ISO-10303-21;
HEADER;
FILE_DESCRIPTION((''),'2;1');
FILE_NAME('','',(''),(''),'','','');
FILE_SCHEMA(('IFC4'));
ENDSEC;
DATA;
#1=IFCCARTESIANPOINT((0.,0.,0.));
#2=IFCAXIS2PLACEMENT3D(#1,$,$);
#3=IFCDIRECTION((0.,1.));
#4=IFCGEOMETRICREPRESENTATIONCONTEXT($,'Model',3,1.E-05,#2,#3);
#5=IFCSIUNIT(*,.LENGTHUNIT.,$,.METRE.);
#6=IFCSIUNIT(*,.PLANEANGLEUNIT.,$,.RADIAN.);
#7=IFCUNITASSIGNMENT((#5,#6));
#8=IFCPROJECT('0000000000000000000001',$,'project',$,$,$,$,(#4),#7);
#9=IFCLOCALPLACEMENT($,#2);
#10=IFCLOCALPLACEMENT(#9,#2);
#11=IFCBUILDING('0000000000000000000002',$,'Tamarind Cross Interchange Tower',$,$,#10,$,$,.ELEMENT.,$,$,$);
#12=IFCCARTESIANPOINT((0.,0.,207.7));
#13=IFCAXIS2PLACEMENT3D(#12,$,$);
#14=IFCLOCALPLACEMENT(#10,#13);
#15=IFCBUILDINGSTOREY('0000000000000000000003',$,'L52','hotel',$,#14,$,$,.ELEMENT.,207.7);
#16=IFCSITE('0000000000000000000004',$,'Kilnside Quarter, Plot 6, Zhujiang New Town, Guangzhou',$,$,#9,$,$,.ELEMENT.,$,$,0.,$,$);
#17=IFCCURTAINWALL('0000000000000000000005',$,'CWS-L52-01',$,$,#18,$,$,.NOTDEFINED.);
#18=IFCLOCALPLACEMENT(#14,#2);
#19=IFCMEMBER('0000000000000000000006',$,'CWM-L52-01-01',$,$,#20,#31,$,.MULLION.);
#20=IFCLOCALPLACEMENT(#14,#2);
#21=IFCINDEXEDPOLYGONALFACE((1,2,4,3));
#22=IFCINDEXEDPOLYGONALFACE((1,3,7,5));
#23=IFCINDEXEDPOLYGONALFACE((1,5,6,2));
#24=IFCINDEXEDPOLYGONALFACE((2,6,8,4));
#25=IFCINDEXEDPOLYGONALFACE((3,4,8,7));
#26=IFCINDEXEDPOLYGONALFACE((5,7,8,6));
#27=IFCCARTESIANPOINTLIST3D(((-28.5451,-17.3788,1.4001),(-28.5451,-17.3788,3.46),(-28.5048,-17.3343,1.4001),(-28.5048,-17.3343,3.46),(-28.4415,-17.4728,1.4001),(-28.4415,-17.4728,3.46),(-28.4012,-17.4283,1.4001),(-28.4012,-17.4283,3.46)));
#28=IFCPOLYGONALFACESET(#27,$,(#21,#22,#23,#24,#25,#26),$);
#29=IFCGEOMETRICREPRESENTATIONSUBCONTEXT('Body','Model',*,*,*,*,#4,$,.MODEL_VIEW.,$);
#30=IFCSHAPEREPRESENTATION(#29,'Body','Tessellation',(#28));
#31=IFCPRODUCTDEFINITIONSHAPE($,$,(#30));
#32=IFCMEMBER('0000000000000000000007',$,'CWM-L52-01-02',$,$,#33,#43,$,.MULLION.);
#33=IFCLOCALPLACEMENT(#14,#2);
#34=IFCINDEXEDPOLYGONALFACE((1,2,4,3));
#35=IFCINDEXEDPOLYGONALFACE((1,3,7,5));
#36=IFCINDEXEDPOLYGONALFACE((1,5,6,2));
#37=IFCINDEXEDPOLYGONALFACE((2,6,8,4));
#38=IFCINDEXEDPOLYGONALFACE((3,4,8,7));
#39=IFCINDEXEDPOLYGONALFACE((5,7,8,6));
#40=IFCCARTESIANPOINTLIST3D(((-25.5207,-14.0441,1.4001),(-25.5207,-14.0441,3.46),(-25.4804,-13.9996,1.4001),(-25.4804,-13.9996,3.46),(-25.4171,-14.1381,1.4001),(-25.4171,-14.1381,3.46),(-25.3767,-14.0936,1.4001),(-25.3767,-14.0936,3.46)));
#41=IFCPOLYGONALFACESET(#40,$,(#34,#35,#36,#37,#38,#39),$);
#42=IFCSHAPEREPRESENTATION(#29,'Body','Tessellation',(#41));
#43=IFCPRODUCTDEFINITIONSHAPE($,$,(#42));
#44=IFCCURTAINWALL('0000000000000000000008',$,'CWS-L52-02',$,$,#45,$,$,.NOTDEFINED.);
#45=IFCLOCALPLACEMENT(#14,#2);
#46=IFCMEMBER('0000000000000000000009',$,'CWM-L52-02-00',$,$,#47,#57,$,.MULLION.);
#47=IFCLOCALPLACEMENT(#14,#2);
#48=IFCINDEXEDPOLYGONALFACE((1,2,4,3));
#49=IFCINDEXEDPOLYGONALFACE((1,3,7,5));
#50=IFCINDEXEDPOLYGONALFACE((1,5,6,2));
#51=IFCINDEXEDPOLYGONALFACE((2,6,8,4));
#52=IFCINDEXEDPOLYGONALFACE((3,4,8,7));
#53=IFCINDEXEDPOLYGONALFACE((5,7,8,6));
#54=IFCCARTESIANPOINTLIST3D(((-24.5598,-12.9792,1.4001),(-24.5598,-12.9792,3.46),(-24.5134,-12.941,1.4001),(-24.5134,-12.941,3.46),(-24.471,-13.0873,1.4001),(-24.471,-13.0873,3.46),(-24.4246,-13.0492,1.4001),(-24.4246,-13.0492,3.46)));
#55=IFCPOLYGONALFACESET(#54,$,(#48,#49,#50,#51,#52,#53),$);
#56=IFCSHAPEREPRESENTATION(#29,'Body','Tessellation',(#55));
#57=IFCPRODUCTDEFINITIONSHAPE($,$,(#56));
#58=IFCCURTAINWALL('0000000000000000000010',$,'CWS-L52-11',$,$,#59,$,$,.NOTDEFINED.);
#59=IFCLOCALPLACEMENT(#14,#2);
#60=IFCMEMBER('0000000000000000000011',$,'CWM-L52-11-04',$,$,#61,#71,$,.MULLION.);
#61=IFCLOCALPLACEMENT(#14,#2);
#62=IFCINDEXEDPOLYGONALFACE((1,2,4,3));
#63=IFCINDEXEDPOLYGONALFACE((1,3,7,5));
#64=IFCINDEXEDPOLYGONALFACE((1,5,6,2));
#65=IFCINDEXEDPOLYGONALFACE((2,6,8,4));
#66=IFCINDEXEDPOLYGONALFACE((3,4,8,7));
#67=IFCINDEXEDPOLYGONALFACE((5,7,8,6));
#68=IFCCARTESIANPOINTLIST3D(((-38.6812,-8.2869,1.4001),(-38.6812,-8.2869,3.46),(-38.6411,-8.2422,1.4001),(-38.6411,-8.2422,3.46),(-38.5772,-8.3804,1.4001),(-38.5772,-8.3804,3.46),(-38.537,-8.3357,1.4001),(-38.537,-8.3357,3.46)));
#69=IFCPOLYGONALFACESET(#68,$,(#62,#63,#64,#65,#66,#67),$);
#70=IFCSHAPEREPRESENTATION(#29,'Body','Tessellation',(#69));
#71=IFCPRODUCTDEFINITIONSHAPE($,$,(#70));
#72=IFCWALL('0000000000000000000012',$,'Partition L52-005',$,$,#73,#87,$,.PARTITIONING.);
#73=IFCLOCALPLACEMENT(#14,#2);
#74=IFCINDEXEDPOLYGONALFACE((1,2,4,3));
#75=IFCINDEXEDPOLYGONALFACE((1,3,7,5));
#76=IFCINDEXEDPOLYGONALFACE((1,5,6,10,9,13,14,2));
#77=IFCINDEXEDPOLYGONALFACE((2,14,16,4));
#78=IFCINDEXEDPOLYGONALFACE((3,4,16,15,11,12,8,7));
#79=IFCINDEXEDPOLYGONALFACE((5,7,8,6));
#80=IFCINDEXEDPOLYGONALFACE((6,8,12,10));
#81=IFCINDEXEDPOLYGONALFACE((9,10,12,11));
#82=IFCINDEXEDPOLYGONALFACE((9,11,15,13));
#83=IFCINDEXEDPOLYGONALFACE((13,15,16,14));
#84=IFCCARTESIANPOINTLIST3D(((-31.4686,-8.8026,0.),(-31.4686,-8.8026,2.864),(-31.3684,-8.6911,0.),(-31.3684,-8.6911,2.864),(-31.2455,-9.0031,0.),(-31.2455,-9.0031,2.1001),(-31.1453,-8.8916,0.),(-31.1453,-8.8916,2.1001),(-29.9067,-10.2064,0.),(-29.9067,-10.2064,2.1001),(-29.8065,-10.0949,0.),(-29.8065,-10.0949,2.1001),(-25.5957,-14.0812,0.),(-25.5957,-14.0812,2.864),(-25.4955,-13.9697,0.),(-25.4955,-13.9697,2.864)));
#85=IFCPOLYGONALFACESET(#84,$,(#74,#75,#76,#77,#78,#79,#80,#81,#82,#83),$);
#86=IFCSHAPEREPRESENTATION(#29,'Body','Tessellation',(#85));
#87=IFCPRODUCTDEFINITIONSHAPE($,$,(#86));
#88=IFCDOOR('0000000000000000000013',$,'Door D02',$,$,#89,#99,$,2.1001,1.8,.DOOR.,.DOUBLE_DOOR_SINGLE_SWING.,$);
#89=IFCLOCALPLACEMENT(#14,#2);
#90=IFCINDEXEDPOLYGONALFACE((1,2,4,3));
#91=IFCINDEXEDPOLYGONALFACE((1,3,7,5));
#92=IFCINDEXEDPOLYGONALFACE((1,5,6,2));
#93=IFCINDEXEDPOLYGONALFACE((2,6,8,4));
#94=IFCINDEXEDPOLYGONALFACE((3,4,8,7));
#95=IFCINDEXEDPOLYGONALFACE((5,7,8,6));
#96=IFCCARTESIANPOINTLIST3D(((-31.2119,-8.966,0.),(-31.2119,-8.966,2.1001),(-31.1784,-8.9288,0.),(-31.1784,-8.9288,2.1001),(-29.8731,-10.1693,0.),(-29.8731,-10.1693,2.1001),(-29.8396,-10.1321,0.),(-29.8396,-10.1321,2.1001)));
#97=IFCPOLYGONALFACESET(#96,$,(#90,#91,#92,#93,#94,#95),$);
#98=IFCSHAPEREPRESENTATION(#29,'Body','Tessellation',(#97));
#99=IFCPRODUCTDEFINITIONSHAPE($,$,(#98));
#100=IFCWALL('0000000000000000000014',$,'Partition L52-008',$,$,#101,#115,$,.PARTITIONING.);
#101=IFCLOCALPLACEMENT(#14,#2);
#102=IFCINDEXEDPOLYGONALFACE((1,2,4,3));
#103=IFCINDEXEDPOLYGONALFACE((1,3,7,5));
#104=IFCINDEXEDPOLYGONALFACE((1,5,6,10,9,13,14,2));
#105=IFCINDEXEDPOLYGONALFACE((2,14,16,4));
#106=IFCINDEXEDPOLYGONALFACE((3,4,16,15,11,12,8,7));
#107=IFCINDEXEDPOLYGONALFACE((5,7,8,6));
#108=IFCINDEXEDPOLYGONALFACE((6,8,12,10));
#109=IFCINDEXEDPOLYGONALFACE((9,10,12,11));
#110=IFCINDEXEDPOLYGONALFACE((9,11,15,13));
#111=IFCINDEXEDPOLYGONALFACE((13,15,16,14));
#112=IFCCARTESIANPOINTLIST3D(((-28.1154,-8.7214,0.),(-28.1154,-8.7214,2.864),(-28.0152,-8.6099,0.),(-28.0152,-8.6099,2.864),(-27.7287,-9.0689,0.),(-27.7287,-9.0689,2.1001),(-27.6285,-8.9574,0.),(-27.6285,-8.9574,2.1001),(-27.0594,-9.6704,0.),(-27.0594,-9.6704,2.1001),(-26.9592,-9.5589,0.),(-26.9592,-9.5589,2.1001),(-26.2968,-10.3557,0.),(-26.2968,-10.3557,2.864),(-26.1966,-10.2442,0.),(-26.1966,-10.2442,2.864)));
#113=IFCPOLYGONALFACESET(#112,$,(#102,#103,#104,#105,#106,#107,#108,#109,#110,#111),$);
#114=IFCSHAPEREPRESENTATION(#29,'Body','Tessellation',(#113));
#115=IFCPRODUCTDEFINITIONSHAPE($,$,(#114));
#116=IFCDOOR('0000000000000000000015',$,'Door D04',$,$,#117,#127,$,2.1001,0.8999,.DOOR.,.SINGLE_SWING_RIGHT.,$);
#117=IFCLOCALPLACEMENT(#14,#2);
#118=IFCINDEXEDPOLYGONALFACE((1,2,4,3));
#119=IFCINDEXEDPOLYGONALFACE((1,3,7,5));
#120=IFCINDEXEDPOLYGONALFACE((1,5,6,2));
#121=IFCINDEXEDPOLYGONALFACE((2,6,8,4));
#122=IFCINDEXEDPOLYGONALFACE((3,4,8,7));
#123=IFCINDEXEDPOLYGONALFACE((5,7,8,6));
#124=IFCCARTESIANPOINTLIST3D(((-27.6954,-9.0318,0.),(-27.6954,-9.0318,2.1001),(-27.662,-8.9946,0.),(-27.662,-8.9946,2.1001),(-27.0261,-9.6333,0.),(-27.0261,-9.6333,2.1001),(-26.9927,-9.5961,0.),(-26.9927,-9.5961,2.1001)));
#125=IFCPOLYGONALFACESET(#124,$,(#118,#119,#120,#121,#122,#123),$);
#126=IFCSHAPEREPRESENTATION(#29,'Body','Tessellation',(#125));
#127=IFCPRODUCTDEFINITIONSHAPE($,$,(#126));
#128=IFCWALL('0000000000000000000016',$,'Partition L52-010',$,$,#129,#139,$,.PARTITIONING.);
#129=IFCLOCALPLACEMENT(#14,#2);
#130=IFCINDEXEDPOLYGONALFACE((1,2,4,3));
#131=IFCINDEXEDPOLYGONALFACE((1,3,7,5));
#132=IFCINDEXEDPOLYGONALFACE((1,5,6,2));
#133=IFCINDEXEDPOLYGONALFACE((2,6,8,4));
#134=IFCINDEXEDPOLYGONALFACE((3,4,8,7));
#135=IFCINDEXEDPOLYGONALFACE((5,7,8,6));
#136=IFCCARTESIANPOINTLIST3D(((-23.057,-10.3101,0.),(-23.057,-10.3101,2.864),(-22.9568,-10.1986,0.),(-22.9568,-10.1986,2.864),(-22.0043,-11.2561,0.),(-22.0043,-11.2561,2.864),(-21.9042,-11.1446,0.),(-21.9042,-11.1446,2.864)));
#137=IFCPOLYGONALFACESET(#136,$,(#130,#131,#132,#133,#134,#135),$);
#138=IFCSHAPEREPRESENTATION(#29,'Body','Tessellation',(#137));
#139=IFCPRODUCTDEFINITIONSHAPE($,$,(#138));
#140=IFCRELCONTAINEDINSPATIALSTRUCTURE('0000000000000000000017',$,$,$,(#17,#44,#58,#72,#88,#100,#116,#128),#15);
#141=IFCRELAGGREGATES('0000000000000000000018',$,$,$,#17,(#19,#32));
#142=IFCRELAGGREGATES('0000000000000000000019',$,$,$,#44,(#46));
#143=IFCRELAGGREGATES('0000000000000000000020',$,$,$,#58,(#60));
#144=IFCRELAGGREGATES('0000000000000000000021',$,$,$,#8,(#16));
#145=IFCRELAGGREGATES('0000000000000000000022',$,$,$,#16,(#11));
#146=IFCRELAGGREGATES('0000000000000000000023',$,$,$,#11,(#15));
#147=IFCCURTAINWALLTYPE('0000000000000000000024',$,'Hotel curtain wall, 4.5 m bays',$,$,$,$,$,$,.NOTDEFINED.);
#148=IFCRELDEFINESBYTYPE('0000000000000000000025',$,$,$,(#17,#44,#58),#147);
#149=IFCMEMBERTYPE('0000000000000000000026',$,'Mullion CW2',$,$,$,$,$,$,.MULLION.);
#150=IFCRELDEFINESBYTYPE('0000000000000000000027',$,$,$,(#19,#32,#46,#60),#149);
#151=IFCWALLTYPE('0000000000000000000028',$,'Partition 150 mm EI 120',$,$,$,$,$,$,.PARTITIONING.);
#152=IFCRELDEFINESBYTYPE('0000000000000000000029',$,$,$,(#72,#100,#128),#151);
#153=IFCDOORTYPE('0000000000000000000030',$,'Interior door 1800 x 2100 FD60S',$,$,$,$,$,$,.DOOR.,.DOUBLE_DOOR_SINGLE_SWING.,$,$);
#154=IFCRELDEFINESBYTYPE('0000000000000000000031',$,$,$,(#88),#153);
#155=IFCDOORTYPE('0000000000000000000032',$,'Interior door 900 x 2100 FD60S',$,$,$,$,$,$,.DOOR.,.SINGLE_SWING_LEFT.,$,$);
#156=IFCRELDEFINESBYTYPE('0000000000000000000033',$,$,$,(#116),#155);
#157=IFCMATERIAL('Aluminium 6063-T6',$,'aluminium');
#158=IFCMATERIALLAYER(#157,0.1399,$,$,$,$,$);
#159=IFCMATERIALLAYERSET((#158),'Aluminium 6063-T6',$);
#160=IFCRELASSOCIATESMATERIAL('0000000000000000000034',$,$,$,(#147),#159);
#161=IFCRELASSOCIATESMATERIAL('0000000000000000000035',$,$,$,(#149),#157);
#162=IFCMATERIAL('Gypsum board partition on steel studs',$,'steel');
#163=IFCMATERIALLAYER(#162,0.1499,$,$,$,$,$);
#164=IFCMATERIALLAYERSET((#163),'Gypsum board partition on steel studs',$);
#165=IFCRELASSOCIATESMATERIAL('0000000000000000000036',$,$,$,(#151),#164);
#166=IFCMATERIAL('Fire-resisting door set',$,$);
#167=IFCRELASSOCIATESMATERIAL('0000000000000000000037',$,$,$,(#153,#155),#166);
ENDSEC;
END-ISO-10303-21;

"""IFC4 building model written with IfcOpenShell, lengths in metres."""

from ifc_helpers import new_model, si_unit, direction, frame, frame_2d, origin, origin_2d, place, context, subcontext, project, spatial, rectangle, extrude, material, layer, layer_set, material_profile, profile_set, type_object, element, fill, aggregate, save


model = new_model("IFC4")

# Units and contexts
model_context = context("Model", 3, precision=1e-05, world=origin(), true_north=direction((0.0, 1.0)))
body_context = subcontext(model_context, "Body", "Model", "MODEL_VIEW")
ifc_project = project(units=[si_unit("LENGTHUNIT", "METRE"), si_unit("PLANEANGLEUNIT", "RADIAN")], contexts=[model_context])

# Site, building, storey
site_placement = place(None, origin())
site = spatial("IfcSite", under=ifc_project, at=site_placement, Name="Kilnside Quarter, Plot 6, Zhujiang New Town, Guangzhou", CompositionType="ELEMENT", RefElevation=0.0)
building_placement = place(site_placement, origin())
building = spatial("IfcBuilding", under=site, at=building_placement, Name="Tamarind Cross Interchange Tower", CompositionType="ELEMENT")
storey_placement = place(building_placement, frame((0.0, 0.0, 207.7)))
storey = spatial("IfcBuildingStorey", under=building, at=storey_placement, Name="L52", Description="hotel", CompositionType="ELEMENT", Elevation=207.7)

# Curtain wall, members
ifc_material_1 = material(Name="Aluminium 6063-T6", Category="aluminium")
ifc_layer_1 = layer(ifc_material_1, 0.1399)
ifc_layer_set_1 = layer_set([ifc_layer_1], Name="Aluminium 6063-T6")
curtain_wall_type = type_object("IfcCurtainWallType", Name="Hotel curtain wall, 4.5 m bays", PredefinedType="NOTDEFINED", material=ifc_layer_set_1)
ifc_material_profile_1 = material_profile(ifc_material_1, rectangle(XDim=0.0601, YDim=0.1399, at=origin_2d()), Name="Mullion CW2")
ifc_profile_set_1 = profile_set([ifc_material_profile_1], Name="Aluminium 6063-T6")
member_type = type_object("IfcMemberType", Name="Mullion CW2", PredefinedType="MULLION", material=ifc_profile_set_1)
curtain_wall_1_placement = place(storey_placement, origin())
curtain_wall_1 = element("IfcCurtainWall", 1, at=curtain_wall_1_placement, inside=storey, type_object=curtain_wall_type, Name="CWS-L52-01", PredefinedType="NOTDEFINED")
member_1_placement = place(storey_placement, frame((-28.4731, -17.4036, 1.4001), z_axis=(0.0, 0.0, 1.0), x_axis=(0.67179, 0.740741, 0.0)))
member_1 = element("IfcMember", 2, at=member_1_placement, type_object=member_type, Name="CWM-L52-01-01", PredefinedType="MULLION", context=body_context, shape_type="SweptSolid", body=[
    extrude(rectangle(XDim=0.0601, YDim=0.1399, at=origin_2d()), origin(), (0.0, 0.0, 1.0), 2.0598),
])
member_2_placement = place(storey_placement, frame((-25.4487, -14.0688, 1.4001), z_axis=(0.0, 0.0, 1.0), x_axis=(0.67179, 0.740741, 0.0)))
member_2 = element("IfcMember", 3, at=member_2_placement, type_object=member_type, Name="CWM-L52-01-02", PredefinedType="MULLION", context=body_context, shape_type="SweptSolid", body=[
    extrude(rectangle(XDim=0.0601, YDim=0.1399, at=origin_2d()), origin(), (0.0, 0.0, 1.0), 2.0598),
])
aggregate(curtain_wall_1, [member_1, member_2])

# Curtain walls, members
curtain_wall_2_placement = place(storey_placement, origin())
curtain_wall_2 = element("IfcCurtainWall", 4, at=curtain_wall_2_placement, inside=storey, type_object=curtain_wall_type, Name="CWS-L52-02", PredefinedType="NOTDEFINED")
member_3_placement = place(storey_placement, frame((-24.4922, -13.0142, 1.4001), z_axis=(0.0, 0.0, 1.0), x_axis=(0.77292, 0.634503, 0.0)))
member_3 = element("IfcMember", 5, at=member_3_placement, type_object=member_type, Name="CWM-L52-02-00", PredefinedType="MULLION", context=body_context, shape_type="SweptSolid", body=[
    extrude(rectangle(XDim=0.0601, YDim=0.1399, at=origin_2d()), origin(), (0.0, 0.0, 1.0), 2.0598),
])
aggregate(curtain_wall_2, [member_3])
curtain_wall_3_placement = place(storey_placement, origin())
curtain_wall_3 = element("IfcCurtainWall", 6, at=curtain_wall_3_placement, inside=storey, type_object=curtain_wall_type, Name="CWS-L52-11", PredefinedType="NOTDEFINED")
member_4_placement = place(storey_placement, frame((-38.6091, -8.3113, 1.4001), z_axis=(0.0, 0.0, 1.0), x_axis=(-0.668342, -0.743854, 0.0)))
member_4 = element("IfcMember", 7, at=member_4_placement, type_object=member_type, Name="CWM-L52-11-04", PredefinedType="MULLION", context=body_context, shape_type="SweptSolid", body=[
    extrude(rectangle(XDim=0.0601, YDim=0.1399, at=origin_2d()), origin(), (0.0, 0.0, 1.0), 2.0598),
])
aggregate(curtain_wall_3, [member_4])

# Walls, openings, doors
ifc_material_2 = material(Name="Gypsum board partition on steel studs", Category="steel")
ifc_layer_2 = layer(ifc_material_2, 0.1499)
ifc_layer_set_2 = layer_set([ifc_layer_2], Name="Gypsum board partition on steel studs")
wall_type = type_object("IfcWallType", Name="Partition 150 mm EI 120", PredefinedType="PARTITIONING", material=ifc_layer_set_2)
wall_1_placement = place(storey_placement, frame((-31.4185, -8.7468, 0.0), z_axis=(0.0, 0.0, 1.0), x_axis=(0.743732, -0.668478, 0.0)))
wall_1 = element("IfcWall", 8, at=wall_1_placement, inside=storey, type_object=wall_type, Name="Partition L52-005", PredefinedType="PARTITIONING", context=body_context, shape_type="SweptSolid", body=[
    extrude(rectangle(XDim=7.8965, YDim=0.1499, at=frame_2d((3.9482, 0.0))), origin(), (0.0, 0.0, 1.0), 2.864),
])
opening_1_placement = place(wall_1_placement, frame((0.3, 0.0, 0.0)))
opening_1 = element("IfcOpeningElement", 9, at=opening_1_placement, cuts=wall_1, PredefinedType="OPENING", context=body_context, shape_type="SweptSolid", body=[
    extrude(rectangle(XDim=1.8, YDim=2.1001, at=frame_2d((0.8999, 1.05))), frame((0.0, 0.085, 0.0), z_axis=(0.0, -1.0, 0.0), x_axis=(1.0, 0.0, 0.0)), (0.0, 0.0, 1.0), 0.1699),
])
ifc_material_3 = material(Name="Fire-resisting door set")
door_type_1 = type_object("IfcDoorType", Name="Interior door 1800 x 2100 FD60S", OperationType="DOUBLE_DOOR_SINGLE_SWING", PredefinedType="DOOR", material=ifc_material_3)
door_1_placement = place(opening_1_placement, frame((1.8, 0.0, 0.0), z_axis=(0.0, 0.0, 1.0), x_axis=(-1.0, 0.0, 0.0)))
door_1 = element("IfcDoor", 10, at=door_1_placement, inside=storey, type_object=door_type_1, Name="Door D02", OperationType="DOUBLE_DOOR_SINGLE_SWING", OverallHeight=2.1001, OverallWidth=1.8, PredefinedType="DOOR", context=body_context, shape_type="SweptSolid", body=[
    extrude(rectangle(XDim=1.8, YDim=2.1001, at=frame_2d((0.8999, 1.05))), frame((0.0, 0.0249, 0.0), z_axis=(0.0, -1.0, 0.0), x_axis=(1.0, 0.0, 0.0)), (0.0, 0.0, 1.0), 0.05),
])
fill(opening_1, door_1)
wall_2_placement = place(storey_placement, frame((-28.0654, -8.6655, 0.0), z_axis=(0.0, 0.0, 1.0), x_axis=(0.743795, -0.668407, 0.0)))
wall_2 = element("IfcWall", 11, at=wall_2_placement, inside=storey, type_object=wall_type, Name="Partition L52-008", PredefinedType="PARTITIONING", context=body_context, shape_type="SweptSolid", body=[
    extrude(rectangle(XDim=2.4451, YDim=0.1499, at=frame_2d((1.2227, 0.0))), origin(), (0.0, 0.0, 1.0), 2.864),
])
opening_2_placement = place(wall_2_placement, frame((0.52, 0.0, 0.0)))
opening_2 = element("IfcOpeningElement", 12, at=opening_2_placement, cuts=wall_2, PredefinedType="OPENING", context=body_context, shape_type="SweptSolid", body=[
    extrude(rectangle(XDim=0.8999, YDim=2.1001, at=frame_2d((0.45, 1.05))), frame((0.0, 0.085, 0.0), z_axis=(0.0, -1.0, 0.0), x_axis=(1.0, 0.0, 0.0)), (0.0, 0.0, 1.0), 0.1699),
])
door_type_2 = type_object("IfcDoorType", Name="Interior door 900 x 2100 FD60S", OperationType="SINGLE_SWING_LEFT", PredefinedType="DOOR", material=ifc_material_3)
door_2_placement = place(opening_2_placement, origin())
door_2 = element("IfcDoor", 13, at=door_2_placement, inside=storey, type_object=door_type_2, Name="Door D04", OperationType="SINGLE_SWING_RIGHT", OverallHeight=2.1001, OverallWidth=0.8999, PredefinedType="DOOR", context=body_context, shape_type="SweptSolid", body=[
    extrude(rectangle(XDim=0.8999, YDim=2.1001, at=frame_2d((0.45, 1.05))), frame((0.0, 0.0249, 0.0), z_axis=(0.0, -1.0, 0.0), x_axis=(1.0, 0.0, 0.0)), (0.0, 0.0, 1.0), 0.05),
])
fill(opening_2, door_2)

# Wall
wall_3_placement = place(storey_placement, frame((-23.0068, -10.2544, 0.0), z_axis=(0.0, 0.0, 1.0), x_axis=(0.743791, -0.668412, 0.0)))
element("IfcWall", 14, at=wall_3_placement, inside=storey, type_object=wall_type, Name="Partition L52-010", PredefinedType="PARTITIONING", context=body_context, shape_type="SweptSolid", body=[
    extrude(rectangle(XDim=1.4153, YDim=0.1499, at=frame_2d((0.7075, 0.0))), origin(), (0.0, 0.0, 1.0), 2.864),
])

save(model, "model.ifc")
